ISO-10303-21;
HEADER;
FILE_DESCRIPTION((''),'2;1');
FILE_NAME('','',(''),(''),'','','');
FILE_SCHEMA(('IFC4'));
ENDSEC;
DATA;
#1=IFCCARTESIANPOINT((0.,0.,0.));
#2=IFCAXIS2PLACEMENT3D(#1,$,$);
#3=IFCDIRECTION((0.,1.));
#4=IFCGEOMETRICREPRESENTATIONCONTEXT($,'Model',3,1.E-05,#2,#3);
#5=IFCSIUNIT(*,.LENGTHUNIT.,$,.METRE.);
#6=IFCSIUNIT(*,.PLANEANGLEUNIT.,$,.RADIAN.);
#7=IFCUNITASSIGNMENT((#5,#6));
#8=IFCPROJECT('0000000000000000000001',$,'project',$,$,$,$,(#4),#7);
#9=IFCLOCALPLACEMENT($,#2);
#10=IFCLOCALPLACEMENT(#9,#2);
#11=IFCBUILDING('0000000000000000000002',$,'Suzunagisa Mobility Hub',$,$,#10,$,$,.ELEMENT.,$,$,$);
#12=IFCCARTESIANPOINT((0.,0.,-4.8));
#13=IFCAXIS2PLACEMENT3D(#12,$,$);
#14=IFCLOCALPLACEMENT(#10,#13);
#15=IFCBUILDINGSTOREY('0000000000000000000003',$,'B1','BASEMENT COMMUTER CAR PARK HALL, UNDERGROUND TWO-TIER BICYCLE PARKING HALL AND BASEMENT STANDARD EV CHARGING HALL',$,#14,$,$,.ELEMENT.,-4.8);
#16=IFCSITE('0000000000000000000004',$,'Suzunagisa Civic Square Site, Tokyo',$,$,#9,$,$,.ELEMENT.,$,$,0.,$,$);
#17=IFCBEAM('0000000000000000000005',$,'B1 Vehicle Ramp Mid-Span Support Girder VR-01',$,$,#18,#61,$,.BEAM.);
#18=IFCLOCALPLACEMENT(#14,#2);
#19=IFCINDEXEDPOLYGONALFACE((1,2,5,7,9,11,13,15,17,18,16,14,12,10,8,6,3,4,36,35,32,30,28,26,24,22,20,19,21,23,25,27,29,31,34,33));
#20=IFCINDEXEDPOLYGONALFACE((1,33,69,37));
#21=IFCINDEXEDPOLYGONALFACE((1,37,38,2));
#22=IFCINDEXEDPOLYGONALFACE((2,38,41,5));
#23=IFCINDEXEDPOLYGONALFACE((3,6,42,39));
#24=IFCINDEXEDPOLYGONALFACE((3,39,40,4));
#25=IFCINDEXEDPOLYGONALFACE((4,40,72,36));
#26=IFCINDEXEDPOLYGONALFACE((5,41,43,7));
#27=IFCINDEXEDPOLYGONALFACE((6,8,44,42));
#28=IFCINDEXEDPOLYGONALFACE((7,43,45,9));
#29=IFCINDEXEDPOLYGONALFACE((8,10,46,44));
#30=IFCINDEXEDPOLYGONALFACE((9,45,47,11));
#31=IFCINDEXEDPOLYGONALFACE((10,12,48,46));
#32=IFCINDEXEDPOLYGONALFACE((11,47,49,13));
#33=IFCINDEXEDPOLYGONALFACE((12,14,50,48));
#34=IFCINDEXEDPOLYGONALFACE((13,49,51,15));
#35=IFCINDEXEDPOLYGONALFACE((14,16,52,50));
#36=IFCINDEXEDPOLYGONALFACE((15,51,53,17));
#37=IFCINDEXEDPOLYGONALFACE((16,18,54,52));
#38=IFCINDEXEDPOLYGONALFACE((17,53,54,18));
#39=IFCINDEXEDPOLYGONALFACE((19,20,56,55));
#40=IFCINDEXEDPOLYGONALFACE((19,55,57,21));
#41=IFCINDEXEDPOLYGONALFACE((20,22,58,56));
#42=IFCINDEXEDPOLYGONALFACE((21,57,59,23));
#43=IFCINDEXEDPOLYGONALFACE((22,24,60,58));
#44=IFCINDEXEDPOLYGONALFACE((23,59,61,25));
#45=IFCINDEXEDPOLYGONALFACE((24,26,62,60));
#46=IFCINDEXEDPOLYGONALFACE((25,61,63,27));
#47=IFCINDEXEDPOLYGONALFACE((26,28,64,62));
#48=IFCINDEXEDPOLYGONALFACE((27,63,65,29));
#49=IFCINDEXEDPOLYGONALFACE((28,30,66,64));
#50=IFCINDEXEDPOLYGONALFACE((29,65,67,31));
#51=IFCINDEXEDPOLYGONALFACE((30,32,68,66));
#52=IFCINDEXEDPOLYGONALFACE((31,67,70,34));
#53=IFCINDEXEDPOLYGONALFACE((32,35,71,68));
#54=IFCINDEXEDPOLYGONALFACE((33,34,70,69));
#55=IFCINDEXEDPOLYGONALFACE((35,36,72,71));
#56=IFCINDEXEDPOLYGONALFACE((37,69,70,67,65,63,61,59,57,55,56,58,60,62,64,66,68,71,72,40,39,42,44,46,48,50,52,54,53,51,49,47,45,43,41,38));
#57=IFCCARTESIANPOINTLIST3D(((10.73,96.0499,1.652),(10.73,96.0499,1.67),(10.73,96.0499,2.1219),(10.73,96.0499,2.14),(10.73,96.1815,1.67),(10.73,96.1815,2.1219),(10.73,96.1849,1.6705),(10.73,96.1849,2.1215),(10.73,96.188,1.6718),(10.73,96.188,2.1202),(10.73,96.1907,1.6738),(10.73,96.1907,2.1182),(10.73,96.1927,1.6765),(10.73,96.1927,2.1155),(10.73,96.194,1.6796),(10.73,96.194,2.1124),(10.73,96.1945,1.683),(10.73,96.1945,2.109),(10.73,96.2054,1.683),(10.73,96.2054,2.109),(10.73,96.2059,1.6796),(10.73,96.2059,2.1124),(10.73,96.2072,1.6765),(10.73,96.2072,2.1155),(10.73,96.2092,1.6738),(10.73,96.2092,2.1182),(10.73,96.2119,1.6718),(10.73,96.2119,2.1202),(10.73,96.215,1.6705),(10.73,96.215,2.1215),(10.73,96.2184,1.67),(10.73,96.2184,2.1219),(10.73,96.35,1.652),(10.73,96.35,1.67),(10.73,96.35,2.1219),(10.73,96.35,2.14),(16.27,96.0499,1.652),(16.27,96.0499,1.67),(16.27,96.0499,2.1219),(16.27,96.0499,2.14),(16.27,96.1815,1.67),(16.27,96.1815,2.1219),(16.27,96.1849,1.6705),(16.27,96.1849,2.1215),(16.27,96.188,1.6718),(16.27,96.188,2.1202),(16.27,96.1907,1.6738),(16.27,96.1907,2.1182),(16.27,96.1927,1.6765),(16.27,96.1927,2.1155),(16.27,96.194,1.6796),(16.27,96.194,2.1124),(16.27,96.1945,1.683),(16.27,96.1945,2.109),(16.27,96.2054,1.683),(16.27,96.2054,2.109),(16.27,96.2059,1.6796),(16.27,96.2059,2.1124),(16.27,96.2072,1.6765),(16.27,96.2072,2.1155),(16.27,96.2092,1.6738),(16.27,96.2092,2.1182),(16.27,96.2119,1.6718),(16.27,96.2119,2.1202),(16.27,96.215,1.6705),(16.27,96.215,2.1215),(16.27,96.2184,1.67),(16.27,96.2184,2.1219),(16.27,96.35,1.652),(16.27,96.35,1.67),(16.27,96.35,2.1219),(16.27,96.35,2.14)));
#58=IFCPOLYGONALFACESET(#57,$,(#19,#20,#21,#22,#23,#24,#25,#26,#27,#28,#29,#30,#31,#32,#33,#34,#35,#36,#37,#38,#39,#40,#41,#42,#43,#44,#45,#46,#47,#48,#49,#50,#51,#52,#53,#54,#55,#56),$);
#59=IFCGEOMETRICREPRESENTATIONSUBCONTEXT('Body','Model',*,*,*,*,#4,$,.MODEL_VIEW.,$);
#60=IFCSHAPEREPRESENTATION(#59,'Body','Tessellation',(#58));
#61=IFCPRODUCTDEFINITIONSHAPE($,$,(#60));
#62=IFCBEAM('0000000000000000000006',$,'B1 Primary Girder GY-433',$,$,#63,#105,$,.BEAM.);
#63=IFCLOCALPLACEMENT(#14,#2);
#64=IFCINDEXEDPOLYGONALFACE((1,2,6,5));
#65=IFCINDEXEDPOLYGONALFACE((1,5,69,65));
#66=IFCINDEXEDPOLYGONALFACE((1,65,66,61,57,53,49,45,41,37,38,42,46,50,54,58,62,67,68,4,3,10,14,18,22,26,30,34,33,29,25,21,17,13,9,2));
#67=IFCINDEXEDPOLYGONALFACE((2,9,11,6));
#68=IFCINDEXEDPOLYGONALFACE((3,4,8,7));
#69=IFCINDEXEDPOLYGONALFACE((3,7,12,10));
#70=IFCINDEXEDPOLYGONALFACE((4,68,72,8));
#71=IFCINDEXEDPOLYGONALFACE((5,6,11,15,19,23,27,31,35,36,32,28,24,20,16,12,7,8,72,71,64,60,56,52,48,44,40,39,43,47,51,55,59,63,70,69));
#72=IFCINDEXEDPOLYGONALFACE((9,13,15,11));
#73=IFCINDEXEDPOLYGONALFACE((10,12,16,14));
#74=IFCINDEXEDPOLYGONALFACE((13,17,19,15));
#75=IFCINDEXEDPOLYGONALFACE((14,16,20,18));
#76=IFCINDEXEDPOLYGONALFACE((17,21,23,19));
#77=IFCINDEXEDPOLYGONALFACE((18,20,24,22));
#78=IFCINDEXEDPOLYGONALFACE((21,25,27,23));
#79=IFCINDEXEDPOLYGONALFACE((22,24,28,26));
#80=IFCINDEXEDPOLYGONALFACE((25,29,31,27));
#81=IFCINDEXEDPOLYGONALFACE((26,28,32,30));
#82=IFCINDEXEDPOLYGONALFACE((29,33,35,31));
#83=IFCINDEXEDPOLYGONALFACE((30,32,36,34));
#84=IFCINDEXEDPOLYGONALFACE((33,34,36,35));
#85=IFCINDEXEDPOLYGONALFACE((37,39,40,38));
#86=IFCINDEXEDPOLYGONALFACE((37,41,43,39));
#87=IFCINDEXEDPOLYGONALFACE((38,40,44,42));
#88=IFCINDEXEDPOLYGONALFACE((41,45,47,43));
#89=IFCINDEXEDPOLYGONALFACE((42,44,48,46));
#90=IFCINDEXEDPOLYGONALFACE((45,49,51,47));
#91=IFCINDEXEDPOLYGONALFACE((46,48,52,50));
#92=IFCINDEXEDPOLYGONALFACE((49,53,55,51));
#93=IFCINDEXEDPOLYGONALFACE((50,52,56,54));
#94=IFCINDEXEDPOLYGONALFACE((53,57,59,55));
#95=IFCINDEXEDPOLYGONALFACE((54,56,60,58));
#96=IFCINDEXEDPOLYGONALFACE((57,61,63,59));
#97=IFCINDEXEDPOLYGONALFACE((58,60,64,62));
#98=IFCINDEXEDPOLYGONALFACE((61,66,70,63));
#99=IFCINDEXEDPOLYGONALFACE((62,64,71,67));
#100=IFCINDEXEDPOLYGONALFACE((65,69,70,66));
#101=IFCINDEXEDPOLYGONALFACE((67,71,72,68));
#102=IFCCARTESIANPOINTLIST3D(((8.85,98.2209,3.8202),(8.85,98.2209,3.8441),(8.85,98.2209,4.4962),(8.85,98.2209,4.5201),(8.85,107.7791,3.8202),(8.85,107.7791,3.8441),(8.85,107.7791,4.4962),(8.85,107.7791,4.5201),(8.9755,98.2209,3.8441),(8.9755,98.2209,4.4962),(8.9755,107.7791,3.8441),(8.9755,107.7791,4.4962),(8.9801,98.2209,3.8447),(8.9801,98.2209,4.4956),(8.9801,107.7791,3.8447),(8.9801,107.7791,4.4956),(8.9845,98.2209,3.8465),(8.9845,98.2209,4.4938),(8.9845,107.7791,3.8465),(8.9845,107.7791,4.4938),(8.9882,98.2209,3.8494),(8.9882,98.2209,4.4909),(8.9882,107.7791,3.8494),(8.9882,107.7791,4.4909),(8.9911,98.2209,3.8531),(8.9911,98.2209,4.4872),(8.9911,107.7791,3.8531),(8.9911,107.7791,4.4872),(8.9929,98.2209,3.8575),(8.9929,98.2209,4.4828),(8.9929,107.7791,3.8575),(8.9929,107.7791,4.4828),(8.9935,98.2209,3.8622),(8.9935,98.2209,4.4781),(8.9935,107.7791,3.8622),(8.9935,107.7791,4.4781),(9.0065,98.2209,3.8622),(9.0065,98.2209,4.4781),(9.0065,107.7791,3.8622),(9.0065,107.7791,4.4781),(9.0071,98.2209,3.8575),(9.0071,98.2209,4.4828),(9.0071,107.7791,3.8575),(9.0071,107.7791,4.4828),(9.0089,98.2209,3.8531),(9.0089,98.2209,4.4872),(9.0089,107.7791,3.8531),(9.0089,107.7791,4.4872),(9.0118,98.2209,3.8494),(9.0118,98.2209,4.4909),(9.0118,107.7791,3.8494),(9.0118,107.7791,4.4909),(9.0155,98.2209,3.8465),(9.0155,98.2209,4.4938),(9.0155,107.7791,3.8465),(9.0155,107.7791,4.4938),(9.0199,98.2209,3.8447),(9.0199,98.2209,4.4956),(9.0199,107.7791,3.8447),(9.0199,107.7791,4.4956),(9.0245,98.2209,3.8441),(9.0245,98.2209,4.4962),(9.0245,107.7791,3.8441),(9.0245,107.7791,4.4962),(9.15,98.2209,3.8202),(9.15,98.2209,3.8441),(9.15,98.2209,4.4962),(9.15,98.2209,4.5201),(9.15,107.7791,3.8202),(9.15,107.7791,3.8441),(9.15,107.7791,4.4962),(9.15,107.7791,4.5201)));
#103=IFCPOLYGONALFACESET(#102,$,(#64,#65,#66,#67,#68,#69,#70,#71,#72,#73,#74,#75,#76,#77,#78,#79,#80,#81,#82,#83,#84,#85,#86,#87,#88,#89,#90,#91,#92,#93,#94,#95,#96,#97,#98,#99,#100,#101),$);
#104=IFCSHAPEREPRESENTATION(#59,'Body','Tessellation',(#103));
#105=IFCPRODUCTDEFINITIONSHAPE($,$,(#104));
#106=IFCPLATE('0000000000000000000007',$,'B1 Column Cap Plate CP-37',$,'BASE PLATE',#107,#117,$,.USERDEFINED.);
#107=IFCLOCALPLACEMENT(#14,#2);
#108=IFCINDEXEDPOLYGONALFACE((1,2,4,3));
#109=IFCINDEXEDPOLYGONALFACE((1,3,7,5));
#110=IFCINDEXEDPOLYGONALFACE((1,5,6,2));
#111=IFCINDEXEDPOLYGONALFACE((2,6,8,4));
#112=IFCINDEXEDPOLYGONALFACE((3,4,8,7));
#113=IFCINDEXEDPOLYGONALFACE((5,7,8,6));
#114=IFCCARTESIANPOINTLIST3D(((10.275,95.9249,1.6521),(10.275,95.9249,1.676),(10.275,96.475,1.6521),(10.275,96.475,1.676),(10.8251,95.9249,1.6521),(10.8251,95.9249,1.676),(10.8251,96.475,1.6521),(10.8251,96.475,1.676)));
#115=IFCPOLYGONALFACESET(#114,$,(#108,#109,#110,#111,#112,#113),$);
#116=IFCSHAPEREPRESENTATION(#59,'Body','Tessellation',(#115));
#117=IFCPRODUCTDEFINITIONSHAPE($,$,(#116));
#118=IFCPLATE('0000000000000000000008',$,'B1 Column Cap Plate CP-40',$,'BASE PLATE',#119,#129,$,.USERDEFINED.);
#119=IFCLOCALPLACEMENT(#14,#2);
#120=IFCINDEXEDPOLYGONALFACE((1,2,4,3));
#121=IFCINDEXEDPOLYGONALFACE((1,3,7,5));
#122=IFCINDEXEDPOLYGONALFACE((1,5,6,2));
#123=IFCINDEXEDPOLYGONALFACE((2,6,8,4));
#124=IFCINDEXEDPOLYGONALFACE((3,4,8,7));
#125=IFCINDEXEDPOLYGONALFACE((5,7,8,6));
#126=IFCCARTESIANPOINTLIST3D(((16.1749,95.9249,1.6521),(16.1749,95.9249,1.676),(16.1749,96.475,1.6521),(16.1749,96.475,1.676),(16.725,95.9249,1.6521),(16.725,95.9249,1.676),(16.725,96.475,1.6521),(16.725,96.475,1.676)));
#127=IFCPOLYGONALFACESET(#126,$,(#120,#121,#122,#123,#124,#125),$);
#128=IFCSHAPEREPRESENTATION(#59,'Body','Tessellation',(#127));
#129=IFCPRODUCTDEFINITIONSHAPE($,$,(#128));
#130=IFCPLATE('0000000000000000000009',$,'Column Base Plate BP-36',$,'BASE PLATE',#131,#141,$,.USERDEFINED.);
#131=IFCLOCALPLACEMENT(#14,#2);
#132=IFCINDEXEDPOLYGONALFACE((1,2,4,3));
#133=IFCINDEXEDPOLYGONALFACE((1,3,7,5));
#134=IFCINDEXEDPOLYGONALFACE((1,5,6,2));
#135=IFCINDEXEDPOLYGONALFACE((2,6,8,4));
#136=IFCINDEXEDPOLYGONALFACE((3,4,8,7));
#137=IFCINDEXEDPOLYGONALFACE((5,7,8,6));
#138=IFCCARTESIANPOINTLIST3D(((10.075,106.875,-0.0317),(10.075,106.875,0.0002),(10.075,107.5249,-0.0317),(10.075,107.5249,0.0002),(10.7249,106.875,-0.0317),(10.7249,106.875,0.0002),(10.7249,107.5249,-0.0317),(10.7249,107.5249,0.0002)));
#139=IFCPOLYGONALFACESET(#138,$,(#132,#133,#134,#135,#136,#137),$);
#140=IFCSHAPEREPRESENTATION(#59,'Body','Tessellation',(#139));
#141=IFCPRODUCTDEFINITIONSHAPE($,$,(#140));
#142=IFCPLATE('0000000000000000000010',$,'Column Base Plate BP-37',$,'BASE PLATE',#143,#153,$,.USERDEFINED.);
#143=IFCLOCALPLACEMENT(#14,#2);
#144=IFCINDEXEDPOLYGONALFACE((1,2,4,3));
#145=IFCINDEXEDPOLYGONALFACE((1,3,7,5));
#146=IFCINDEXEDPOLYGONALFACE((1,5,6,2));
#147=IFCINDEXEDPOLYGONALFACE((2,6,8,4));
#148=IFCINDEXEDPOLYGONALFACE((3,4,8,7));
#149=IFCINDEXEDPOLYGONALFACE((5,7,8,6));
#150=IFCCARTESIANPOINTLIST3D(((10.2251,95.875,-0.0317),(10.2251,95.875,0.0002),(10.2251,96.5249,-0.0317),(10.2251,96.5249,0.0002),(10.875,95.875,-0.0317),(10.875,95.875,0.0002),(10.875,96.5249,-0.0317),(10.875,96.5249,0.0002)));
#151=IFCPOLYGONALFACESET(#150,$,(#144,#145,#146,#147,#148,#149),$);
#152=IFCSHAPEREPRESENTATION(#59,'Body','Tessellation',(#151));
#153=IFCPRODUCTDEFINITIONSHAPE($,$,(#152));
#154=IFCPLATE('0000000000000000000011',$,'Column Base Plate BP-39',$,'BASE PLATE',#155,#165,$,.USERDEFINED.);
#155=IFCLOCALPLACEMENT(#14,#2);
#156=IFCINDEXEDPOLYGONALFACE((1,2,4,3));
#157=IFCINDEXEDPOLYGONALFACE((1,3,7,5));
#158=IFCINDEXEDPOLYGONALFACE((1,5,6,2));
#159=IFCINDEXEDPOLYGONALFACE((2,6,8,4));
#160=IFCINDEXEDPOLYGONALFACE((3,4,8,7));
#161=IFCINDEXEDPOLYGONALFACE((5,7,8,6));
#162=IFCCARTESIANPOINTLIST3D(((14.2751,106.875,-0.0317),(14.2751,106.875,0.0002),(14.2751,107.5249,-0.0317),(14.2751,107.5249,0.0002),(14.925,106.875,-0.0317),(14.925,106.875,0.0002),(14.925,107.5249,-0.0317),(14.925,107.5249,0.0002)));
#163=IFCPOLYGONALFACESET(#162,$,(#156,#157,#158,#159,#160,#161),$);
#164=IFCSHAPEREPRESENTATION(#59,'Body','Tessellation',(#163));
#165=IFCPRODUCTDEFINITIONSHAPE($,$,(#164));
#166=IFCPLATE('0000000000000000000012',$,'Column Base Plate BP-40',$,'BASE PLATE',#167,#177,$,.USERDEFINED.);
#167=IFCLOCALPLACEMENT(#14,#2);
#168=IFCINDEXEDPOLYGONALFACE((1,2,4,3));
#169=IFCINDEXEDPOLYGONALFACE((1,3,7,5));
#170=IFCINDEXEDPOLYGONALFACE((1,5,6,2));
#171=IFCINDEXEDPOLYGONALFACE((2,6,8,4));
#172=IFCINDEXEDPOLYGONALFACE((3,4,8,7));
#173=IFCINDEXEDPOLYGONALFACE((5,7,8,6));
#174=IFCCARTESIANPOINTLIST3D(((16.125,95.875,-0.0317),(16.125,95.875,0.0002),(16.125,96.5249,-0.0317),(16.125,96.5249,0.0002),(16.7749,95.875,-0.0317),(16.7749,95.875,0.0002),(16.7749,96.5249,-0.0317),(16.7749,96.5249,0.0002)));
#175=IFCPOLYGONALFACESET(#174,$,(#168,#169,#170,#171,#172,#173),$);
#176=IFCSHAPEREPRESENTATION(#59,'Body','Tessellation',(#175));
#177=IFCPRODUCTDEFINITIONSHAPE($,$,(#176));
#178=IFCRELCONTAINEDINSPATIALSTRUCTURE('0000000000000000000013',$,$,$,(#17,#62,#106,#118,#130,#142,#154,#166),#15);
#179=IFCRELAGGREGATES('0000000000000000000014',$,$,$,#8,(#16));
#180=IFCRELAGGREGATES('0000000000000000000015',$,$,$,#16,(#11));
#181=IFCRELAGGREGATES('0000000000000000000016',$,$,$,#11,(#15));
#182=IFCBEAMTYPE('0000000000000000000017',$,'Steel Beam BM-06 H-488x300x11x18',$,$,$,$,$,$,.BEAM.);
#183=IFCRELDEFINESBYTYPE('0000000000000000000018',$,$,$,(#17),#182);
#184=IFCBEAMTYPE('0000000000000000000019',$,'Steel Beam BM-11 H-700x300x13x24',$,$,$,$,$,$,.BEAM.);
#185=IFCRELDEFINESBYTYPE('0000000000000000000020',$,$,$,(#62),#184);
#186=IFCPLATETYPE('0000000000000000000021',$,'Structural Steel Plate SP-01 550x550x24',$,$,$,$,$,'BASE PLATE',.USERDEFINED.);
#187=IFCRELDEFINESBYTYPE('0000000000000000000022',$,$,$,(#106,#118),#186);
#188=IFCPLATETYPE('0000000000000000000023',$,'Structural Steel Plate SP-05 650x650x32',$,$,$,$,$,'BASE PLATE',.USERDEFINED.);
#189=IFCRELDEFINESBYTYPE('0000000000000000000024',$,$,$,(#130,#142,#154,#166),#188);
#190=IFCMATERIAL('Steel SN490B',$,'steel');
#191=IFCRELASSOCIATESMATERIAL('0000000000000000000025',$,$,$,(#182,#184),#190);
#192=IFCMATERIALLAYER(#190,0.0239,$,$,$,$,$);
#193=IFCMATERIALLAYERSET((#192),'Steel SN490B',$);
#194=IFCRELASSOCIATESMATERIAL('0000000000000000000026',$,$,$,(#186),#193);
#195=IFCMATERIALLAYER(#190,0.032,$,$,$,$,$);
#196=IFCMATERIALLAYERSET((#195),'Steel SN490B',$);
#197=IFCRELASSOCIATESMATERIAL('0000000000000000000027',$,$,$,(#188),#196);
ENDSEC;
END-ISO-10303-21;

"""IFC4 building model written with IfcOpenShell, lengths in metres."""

from ifc_helpers import new_model, si_unit, direction, frame, origin, origin_2d, place, context, subcontext, project, spatial, rectangle, i_section, extrude, material, layer, layer_set, material_profile, profile_set, type_object, element, save


model = new_model("IFC4")

# Units and contexts
model_context = context("Model", 3, precision=1e-05, world=origin(), true_north=direction((0.0, 1.0)))
body_context = subcontext(model_context, "Body", "Model", "MODEL_VIEW")
ifc_project = project(units=[si_unit("LENGTHUNIT", "METRE"), si_unit("PLANEANGLEUNIT", "RADIAN")], contexts=[model_context])

# Site, building, storey
site_placement = place(None, origin())
site = spatial("IfcSite", under=ifc_project, at=site_placement, Name="Suzunagisa Civic Square Site, Tokyo", CompositionType="ELEMENT", RefElevation=0.0)
building_placement = place(site_placement, origin())
building = spatial("IfcBuilding", under=site, at=building_placement, Name="Suzunagisa Mobility Hub", CompositionType="ELEMENT")
storey_placement = place(building_placement, frame((0.0, 0.0, -4.8)))
storey = spatial("IfcBuildingStorey", under=building, at=storey_placement, Name="B1", Description="BASEMENT COMMUTER CAR PARK HALL, UNDERGROUND TWO-TIER BICYCLE PARKING HALL AND BASEMENT STANDARD EV CHARGING HALL", CompositionType="ELEMENT", Elevation=-4.8)

# Shared definitions
ifc_material_1 = material(Name="Steel SN490B", Category="steel")

# Beams
ifc_material_profile_1 = material_profile(ifc_material_1, i_section(OverallWidth=0.3, OverallDepth=0.488, WebThickness=0.011, FlangeThickness=0.0181, FilletRadius=0.0129, at=origin_2d()), Name="H-488x300x11x18")
ifc_profile_set_1 = profile_set([ifc_material_profile_1], Name="Steel SN490B")
beam_type_1 = type_object("IfcBeamType", Name="Steel Beam BM-06 H-488x300x11x18", PredefinedType="BEAM", material=ifc_profile_set_1)
beam_1_placement = place(storey_placement, frame((10.73, 96.2, 1.896), z_axis=(1.0, 0.0, 0.0), x_axis=(0.0, 1.0, 0.0)))
element("IfcBeam", 1, at=beam_1_placement, inside=storey, type_object=beam_type_1, Name="B1 Vehicle Ramp Mid-Span Support Girder VR-01", PredefinedType="BEAM", context=body_context, shape_type="SweptSolid", body=[
    extrude(i_section(OverallWidth=0.3, OverallDepth=0.488, WebThickness=0.011, FlangeThickness=0.0181, FilletRadius=0.0129, at=origin_2d()), origin(), (0.0, 0.0, 1.0), 5.54),
])
ifc_material_profile_2 = material_profile(ifc_material_1, i_section(OverallWidth=0.3, OverallDepth=0.7, WebThickness=0.0129, FlangeThickness=0.0239, FilletRadius=0.0181, at=origin_2d()), Name="H-700x300x13x24")
ifc_profile_set_2 = profile_set([ifc_material_profile_2], Name="Steel SN490B")
beam_type_2 = type_object("IfcBeamType", Name="Steel Beam BM-11 H-700x300x13x24", PredefinedType="BEAM", material=ifc_profile_set_2)
beam_2_placement = place(storey_placement, frame((9.0, 98.2209, 4.1702), z_axis=(0.0, 1.0, 0.0), x_axis=(-1.0, 0.0, 0.0)))
element("IfcBeam", 2, at=beam_2_placement, inside=storey, type_object=beam_type_2, Name="B1 Primary Girder GY-433", PredefinedType="BEAM", context=body_context, shape_type="SweptSolid", body=[
    extrude(i_section(OverallWidth=0.3, OverallDepth=0.7, WebThickness=0.0129, FlangeThickness=0.0239, FilletRadius=0.0181, at=origin_2d()), origin(), (0.0, 0.0, 1.0), 9.5581),
])

# Plates
ifc_layer_1 = layer(ifc_material_1, 0.0239)
ifc_layer_set_1 = layer_set([ifc_layer_1], Name="Steel SN490B")
plate_type_1 = type_object("IfcPlateType", Name="Structural Steel Plate SP-01 550x550x24", ElementType="BASE PLATE", PredefinedType="USERDEFINED", material=ifc_layer_set_1)
for number, where, z_axis, x_axis, name in (
    (3, (10.55, 96.2, 1.6521), (0.0, 0.0, 1.0), (1.0, 0.0, 0.0), "B1 Column Cap Plate CP-37"),
    (4, (16.45, 96.2, 1.6521), (0.0, 0.0, 1.0), (1.0, 0.0, 0.0), "B1 Column Cap Plate CP-40"),
):
    element("IfcPlate", number, at=place(storey_placement, frame(where, z_axis=z_axis, x_axis=x_axis)), inside=storey, type_object=plate_type_1, Name=name, ObjectType="BASE PLATE", PredefinedType="USERDEFINED", context=body_context, shape_type="SweptSolid", body=[
        extrude(rectangle(XDim=0.55, YDim=0.55, at=origin_2d()), origin(), (0.0, 0.0, 1.0), 0.0239),
    ])
ifc_layer_2 = layer(ifc_material_1, 0.032)
ifc_layer_set_2 = layer_set([ifc_layer_2], Name="Steel SN490B")
plate_type_2 = type_object("IfcPlateType", Name="Structural Steel Plate SP-05 650x650x32", ElementType="BASE PLATE", PredefinedType="USERDEFINED", material=ifc_layer_set_2)
for number, where, z_axis, x_axis, name in (
    (5, (10.3999, 107.2, -0.0317), (0.0, 0.0, 1.0), (1.0, 0.0, 0.0), "Column Base Plate BP-36"),
    (6, (10.55, 96.2, -0.0317), (0.0, 0.0, 1.0), (1.0, 0.0, 0.0), "Column Base Plate BP-37"),
    (7, (14.6001, 107.2, -0.0317), (0.0, 0.0, 1.0), (1.0, 0.0, 0.0), "Column Base Plate BP-39"),
    (8, (16.45, 96.2, -0.0317), (0.0, 0.0, 1.0), (1.0, 0.0, 0.0), "Column Base Plate BP-40"),
):
    element("IfcPlate", number, at=place(storey_placement, frame(where, z_axis=z_axis, x_axis=x_axis)), inside=storey, type_object=plate_type_2, Name=name, ObjectType="BASE PLATE", PredefinedType="USERDEFINED", context=body_context, shape_type="SweptSolid", body=[
        extrude(rectangle(XDim=0.6499, YDim=0.6499, at=origin_2d()), origin(), (0.0, 0.0, 1.0), 0.032),
    ])

save(model, "model.ifc")
